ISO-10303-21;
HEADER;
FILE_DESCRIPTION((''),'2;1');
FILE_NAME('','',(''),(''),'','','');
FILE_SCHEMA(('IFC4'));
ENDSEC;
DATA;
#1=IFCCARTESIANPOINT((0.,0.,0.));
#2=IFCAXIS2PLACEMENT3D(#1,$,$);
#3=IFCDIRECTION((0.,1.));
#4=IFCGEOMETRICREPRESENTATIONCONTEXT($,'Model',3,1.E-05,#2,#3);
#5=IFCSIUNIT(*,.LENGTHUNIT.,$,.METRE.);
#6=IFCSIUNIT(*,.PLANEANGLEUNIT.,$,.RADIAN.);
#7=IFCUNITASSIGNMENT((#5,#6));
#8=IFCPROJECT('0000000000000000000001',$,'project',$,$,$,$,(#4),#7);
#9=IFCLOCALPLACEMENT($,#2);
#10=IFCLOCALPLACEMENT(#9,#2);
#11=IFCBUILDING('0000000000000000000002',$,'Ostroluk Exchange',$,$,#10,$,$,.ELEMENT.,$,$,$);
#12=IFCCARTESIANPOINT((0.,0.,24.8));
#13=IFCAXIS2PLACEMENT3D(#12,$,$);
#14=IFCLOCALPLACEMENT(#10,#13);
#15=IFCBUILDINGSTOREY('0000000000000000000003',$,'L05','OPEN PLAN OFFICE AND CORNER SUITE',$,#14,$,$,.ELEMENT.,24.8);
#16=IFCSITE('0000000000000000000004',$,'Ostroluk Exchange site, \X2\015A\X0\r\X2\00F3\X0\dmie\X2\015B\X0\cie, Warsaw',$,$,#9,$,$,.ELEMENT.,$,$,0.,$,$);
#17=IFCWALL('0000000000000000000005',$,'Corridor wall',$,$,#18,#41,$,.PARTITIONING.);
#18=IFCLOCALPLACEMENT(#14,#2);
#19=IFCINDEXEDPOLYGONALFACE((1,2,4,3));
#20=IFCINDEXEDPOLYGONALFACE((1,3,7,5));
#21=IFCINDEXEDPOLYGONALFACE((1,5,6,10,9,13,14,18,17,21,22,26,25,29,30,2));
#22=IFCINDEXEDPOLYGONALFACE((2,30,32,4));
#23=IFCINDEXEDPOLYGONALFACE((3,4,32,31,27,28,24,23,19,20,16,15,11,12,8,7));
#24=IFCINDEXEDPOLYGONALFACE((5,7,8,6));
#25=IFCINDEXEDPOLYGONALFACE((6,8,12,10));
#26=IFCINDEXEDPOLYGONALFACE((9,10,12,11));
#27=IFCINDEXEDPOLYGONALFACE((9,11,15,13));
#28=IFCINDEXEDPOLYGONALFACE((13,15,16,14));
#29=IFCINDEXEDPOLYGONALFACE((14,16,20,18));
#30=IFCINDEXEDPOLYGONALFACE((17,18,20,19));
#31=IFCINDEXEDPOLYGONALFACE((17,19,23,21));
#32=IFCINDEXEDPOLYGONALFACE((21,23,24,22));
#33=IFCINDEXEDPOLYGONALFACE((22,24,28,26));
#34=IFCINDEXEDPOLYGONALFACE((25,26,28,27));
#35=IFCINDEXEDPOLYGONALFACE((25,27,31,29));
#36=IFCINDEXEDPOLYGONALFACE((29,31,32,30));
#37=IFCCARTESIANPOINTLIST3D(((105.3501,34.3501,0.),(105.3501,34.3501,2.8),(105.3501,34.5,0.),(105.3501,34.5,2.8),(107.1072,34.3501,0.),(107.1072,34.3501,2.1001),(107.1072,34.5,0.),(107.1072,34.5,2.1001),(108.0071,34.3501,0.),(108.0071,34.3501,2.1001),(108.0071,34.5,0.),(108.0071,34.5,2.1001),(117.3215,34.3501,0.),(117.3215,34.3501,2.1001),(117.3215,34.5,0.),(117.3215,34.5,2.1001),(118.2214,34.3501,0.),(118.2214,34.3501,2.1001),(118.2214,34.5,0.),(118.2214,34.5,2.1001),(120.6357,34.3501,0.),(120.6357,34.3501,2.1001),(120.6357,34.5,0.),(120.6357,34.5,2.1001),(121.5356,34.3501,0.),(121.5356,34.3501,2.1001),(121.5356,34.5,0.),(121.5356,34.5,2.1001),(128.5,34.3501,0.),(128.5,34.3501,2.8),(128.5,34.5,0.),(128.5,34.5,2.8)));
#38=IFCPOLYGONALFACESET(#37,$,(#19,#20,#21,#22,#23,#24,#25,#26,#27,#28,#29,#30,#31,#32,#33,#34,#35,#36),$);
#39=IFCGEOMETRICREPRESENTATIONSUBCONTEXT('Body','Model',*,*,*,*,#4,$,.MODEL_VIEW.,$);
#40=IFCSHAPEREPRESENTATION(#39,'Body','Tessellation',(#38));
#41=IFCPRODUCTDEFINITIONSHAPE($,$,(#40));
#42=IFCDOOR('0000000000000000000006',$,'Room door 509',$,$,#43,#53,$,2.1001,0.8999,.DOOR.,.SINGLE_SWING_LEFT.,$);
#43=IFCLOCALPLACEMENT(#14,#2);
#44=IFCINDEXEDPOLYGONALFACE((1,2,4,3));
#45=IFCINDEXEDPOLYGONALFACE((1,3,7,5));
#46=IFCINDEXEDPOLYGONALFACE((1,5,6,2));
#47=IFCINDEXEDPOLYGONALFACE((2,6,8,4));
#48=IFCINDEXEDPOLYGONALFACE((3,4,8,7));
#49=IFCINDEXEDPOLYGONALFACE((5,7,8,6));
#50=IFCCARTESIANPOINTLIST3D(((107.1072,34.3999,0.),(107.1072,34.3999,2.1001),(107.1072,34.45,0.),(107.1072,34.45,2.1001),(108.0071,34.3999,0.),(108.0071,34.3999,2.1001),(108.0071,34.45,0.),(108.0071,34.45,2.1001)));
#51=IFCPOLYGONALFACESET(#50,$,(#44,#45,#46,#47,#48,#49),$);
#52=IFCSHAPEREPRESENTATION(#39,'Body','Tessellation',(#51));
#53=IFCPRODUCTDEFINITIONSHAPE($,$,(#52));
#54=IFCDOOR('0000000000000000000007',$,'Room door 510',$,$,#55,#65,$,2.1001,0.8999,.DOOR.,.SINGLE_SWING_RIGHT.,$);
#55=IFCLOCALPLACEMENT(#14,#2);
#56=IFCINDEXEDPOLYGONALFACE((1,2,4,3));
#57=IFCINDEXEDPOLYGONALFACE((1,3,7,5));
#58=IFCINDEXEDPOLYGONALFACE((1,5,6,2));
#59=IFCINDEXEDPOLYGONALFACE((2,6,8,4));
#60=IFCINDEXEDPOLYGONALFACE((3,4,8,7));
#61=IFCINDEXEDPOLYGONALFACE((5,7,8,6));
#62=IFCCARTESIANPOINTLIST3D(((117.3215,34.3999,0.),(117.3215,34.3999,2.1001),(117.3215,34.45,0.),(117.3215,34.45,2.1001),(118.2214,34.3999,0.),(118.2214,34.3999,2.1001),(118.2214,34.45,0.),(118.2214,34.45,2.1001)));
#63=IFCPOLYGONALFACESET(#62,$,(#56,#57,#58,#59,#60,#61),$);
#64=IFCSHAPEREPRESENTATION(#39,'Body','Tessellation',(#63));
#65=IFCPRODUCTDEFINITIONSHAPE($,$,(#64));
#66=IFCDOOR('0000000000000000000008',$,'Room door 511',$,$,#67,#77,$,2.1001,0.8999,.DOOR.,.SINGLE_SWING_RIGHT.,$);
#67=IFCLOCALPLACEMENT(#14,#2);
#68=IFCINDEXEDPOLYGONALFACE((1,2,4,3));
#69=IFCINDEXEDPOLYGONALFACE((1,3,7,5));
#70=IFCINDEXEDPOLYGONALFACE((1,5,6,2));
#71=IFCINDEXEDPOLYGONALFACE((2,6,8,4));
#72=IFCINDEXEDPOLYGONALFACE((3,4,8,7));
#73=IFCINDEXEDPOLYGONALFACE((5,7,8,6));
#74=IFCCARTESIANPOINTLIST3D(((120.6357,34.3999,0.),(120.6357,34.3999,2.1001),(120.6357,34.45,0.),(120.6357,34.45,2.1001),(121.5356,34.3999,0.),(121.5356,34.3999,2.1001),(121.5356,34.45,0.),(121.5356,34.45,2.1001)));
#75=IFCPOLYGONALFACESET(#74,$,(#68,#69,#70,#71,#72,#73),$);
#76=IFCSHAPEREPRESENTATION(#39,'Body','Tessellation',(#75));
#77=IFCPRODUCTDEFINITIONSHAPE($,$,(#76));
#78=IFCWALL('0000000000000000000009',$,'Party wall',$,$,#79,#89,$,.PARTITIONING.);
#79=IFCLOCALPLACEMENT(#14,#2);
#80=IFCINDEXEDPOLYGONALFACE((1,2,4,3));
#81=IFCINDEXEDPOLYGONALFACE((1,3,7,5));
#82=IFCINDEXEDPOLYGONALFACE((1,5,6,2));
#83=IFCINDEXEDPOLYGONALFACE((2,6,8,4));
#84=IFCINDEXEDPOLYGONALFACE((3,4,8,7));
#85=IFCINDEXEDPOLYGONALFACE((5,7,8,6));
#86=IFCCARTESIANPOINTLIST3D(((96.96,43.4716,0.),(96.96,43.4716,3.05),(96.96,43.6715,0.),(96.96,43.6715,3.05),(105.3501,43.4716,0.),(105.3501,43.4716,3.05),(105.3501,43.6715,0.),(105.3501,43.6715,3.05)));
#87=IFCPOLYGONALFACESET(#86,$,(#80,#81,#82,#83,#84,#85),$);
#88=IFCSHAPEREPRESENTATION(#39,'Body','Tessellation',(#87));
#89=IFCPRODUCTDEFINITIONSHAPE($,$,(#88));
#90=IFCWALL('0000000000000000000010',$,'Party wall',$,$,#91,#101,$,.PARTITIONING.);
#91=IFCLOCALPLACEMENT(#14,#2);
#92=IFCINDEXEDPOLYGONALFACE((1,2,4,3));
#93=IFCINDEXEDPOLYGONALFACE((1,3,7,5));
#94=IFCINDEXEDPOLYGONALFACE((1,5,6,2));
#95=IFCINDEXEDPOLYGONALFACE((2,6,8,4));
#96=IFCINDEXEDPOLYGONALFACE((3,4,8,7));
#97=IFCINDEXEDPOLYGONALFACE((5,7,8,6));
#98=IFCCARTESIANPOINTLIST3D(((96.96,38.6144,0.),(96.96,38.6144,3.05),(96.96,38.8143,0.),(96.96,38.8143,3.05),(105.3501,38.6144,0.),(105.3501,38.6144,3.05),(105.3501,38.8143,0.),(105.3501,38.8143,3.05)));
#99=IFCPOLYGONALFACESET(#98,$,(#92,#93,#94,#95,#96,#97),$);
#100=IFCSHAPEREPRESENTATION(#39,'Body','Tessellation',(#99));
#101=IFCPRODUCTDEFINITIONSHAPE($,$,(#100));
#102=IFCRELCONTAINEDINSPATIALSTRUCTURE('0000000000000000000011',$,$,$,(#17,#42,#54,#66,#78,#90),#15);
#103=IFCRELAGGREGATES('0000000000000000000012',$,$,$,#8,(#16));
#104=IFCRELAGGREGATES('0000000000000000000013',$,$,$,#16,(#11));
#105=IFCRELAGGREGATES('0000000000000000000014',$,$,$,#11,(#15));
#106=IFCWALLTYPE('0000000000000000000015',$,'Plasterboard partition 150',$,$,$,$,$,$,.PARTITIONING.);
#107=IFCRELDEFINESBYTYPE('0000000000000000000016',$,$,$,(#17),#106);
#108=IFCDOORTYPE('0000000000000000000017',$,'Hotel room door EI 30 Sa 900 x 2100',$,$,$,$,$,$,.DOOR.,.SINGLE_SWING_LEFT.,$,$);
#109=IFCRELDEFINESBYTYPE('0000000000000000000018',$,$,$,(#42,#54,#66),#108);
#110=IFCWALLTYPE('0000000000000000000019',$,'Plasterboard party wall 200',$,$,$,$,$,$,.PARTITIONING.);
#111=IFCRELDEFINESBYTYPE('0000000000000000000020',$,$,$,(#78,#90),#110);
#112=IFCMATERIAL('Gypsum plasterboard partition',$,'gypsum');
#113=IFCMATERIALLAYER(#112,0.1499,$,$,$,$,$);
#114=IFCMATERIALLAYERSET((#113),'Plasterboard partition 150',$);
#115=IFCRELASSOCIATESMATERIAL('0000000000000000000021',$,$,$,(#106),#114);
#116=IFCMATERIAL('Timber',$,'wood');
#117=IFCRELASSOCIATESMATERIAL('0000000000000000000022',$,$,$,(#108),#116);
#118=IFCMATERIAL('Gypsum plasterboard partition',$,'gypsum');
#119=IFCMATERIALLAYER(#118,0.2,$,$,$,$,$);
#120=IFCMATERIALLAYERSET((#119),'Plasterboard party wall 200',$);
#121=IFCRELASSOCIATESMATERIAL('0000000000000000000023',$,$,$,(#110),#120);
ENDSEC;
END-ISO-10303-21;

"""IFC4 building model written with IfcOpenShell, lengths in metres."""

from ifc_helpers import new_model, si_unit, direction, frame, frame_2d, origin, place, context, subcontext, project, spatial, rectangle, extrude, material, layer, layer_set, type_object, element, fill, save


model = new_model("IFC4")

# Units and contexts
model_context = context("Model", 3, precision=1e-05, world=origin(), true_north=direction((0.0, 1.0)))
body_context = subcontext(model_context, "Body", "Model", "MODEL_VIEW")
ifc_project = project(units=[si_unit("LENGTHUNIT", "METRE"), si_unit("PLANEANGLEUNIT", "RADIAN")], contexts=[model_context])

# Site, building, storey
site_placement = place(None, origin())
site = spatial("IfcSite", under=ifc_project, at=site_placement, Name="Ostroluk Exchange site, Śródmieście, Warsaw", CompositionType="ELEMENT", RefElevation=0.0)
building_placement = place(site_placement, origin())
building = spatial("IfcBuilding", under=site, at=building_placement, Name="Ostroluk Exchange", CompositionType="ELEMENT")
storey_placement = place(building_placement, frame((0.0, 0.0, 24.8)))
storey = spatial("IfcBuildingStorey", under=building, at=storey_placement, Name="L05", Description="OPEN PLAN OFFICE AND CORNER SUITE", CompositionType="ELEMENT", Elevation=24.8)

# Wall, openings, doors
ifc_material_1 = material(Name="Gypsum plasterboard partition", Category="gypsum")
ifc_layer_1 = layer(ifc_material_1, 0.1499)
ifc_layer_set_1 = layer_set([ifc_layer_1], Name="Plasterboard partition 150")
wall_type_1 = type_object("IfcWallType", Name="Plasterboard partition 150", PredefinedType="PARTITIONING", material=ifc_layer_set_1)
wall_1_placement = place(storey_placement, frame((105.3501, 34.425, 0.0), z_axis=(0.0, 0.0, 1.0), x_axis=(1.0, 0.0, 0.0)))
wall_1 = element("IfcWall", 1, at=wall_1_placement, inside=storey, type_object=wall_type_1, Name="Corridor wall", PredefinedType="PARTITIONING", context=body_context, shape_type="SweptSolid", body=[
    extrude(rectangle(XDim=23.1499, YDim=0.1499, at=frame_2d((11.575, 0.0))), origin(), (0.0, 0.0, 1.0), 2.8),
])
opening_1_placement = place(wall_1_placement, frame((1.7571, 0.0, 0.0)))
opening_1 = element("IfcOpeningElement", 2, at=opening_1_placement, cuts=wall_1, PredefinedType="OPENING", context=body_context, shape_type="SweptSolid", body=[
    extrude(rectangle(XDim=0.8999, YDim=2.1001, at=frame_2d((0.45, 1.05))), frame((0.0, 0.085, 0.0), z_axis=(0.0, -1.0, 0.0), x_axis=(1.0, 0.0, 0.0)), (0.0, 0.0, 1.0), 0.1699),
])
opening_2_placement = place(wall_1_placement, frame((11.9714, 0.0, 0.0)))
opening_2 = element("IfcOpeningElement", 3, at=opening_2_placement, cuts=wall_1, PredefinedType="OPENING", context=body_context, shape_type="SweptSolid", body=[
    extrude(rectangle(XDim=0.8999, YDim=2.1001, at=frame_2d((0.45, 1.05))), frame((0.0, 0.085, 0.0), z_axis=(0.0, -1.0, 0.0), x_axis=(1.0, 0.0, 0.0)), (0.0, 0.0, 1.0), 0.1699),
])
opening_3_placement = place(wall_1_placement, frame((15.2856, 0.0, 0.0)))
opening_3 = element("IfcOpeningElement", 4, at=opening_3_placement, cuts=wall_1, PredefinedType="OPENING", context=body_context, shape_type="SweptSolid", body=[
    extrude(rectangle(XDim=0.8999, YDim=2.1001, at=frame_2d((0.45, 1.05))), frame((0.0, 0.085, 0.0), z_axis=(0.0, -1.0, 0.0), x_axis=(1.0, 0.0, 0.0)), (0.0, 0.0, 1.0), 0.1699),
])
ifc_material_2 = material(Name="Timber", Category="wood")
door_type_1 = type_object("IfcDoorType", Name="Hotel room door EI 30 Sa 900 x 2100", OperationType="SINGLE_SWING_LEFT", PredefinedType="DOOR", material=ifc_material_2)
door_1_placement = place(opening_1_placement, origin())
door_1 = element("IfcDoor", 5, at=door_1_placement, inside=storey, type_object=door_type_1, Name="Room door 509", OperationType="SINGLE_SWING_LEFT", OverallHeight=2.1001, OverallWidth=0.8999, PredefinedType="DOOR", context=body_context, shape_type="SweptSolid", body=[
    extrude(rectangle(XDim=0.8999, YDim=2.1001, at=frame_2d((0.45, 1.05))), frame((0.0, 0.0249, 0.0), z_axis=(0.0, -1.0, 0.0), x_axis=(1.0, 0.0, 0.0)), (0.0, 0.0, 1.0), 0.05),
])
fill(opening_1, door_1)
door_2_placement = place(opening_2_placement, origin())
door_2 = element("IfcDoor", 6, at=door_2_placement, inside=storey, type_object=door_type_1, Name="Room door 510", OperationType="SINGLE_SWING_RIGHT", OverallHeight=2.1001, OverallWidth=0.8999, PredefinedType="DOOR", context=body_context, shape_type="SweptSolid", body=[
    extrude(rectangle(XDim=0.8999, YDim=2.1001, at=frame_2d((0.45, 1.05))), frame((0.0, 0.0249, 0.0), z_axis=(0.0, -1.0, 0.0), x_axis=(1.0, 0.0, 0.0)), (0.0, 0.0, 1.0), 0.05),
])
fill(opening_2, door_2)
door_3_placement = place(opening_3_placement, origin())
door_3 = element("IfcDoor", 7, at=door_3_placement, inside=storey, type_object=door_type_1, Name="Room door 511", OperationType="SINGLE_SWING_RIGHT", OverallHeight=2.1001, OverallWidth=0.8999, PredefinedType="DOOR", context=body_context, shape_type="SweptSolid", body=[
    extrude(rectangle(XDim=0.8999, YDim=2.1001, at=frame_2d((0.45, 1.05))), frame((0.0, 0.0249, 0.0), z_axis=(0.0, -1.0, 0.0), x_axis=(1.0, 0.0, 0.0)), (0.0, 0.0, 1.0), 0.05),
])
fill(opening_3, door_3)

# Walls
ifc_material_3 = material(Name="Gypsum plasterboard partition", Category="gypsum")
ifc_layer_2 = layer(ifc_material_3, 0.2)
ifc_layer_set_2 = layer_set([ifc_layer_2], Name="Plasterboard party wall 200")
wall_type_2 = type_object("IfcWallType", Name="Plasterboard party wall 200", PredefinedType="PARTITIONING", material=ifc_layer_set_2)
for number, where, z_axis, x_axis, name in (
    (8, (105.3501, 43.5715, 0.0), (0.0, 0.0, 1.0), (-1.0, 0.0, 0.0), "Party wall"),
    (9, (105.3501, 38.7144, 0.0), (0.0, 0.0, 1.0), (-1.0, 0.0, 0.0), "Party wall"),
):
    element("IfcWall", number, at=place(storey_placement, frame(where, z_axis=z_axis, x_axis=x_axis)), inside=storey, type_object=wall_type_2, Name=name, PredefinedType="PARTITIONING", context=body_context, shape_type="SweptSolid", body=[
        extrude(rectangle(XDim=8.3901, YDim=0.2, at=frame_2d((4.1951, 0.0))), origin(), (0.0, 0.0, 1.0), 3.05),
    ])

save(model, "model.ifc")
